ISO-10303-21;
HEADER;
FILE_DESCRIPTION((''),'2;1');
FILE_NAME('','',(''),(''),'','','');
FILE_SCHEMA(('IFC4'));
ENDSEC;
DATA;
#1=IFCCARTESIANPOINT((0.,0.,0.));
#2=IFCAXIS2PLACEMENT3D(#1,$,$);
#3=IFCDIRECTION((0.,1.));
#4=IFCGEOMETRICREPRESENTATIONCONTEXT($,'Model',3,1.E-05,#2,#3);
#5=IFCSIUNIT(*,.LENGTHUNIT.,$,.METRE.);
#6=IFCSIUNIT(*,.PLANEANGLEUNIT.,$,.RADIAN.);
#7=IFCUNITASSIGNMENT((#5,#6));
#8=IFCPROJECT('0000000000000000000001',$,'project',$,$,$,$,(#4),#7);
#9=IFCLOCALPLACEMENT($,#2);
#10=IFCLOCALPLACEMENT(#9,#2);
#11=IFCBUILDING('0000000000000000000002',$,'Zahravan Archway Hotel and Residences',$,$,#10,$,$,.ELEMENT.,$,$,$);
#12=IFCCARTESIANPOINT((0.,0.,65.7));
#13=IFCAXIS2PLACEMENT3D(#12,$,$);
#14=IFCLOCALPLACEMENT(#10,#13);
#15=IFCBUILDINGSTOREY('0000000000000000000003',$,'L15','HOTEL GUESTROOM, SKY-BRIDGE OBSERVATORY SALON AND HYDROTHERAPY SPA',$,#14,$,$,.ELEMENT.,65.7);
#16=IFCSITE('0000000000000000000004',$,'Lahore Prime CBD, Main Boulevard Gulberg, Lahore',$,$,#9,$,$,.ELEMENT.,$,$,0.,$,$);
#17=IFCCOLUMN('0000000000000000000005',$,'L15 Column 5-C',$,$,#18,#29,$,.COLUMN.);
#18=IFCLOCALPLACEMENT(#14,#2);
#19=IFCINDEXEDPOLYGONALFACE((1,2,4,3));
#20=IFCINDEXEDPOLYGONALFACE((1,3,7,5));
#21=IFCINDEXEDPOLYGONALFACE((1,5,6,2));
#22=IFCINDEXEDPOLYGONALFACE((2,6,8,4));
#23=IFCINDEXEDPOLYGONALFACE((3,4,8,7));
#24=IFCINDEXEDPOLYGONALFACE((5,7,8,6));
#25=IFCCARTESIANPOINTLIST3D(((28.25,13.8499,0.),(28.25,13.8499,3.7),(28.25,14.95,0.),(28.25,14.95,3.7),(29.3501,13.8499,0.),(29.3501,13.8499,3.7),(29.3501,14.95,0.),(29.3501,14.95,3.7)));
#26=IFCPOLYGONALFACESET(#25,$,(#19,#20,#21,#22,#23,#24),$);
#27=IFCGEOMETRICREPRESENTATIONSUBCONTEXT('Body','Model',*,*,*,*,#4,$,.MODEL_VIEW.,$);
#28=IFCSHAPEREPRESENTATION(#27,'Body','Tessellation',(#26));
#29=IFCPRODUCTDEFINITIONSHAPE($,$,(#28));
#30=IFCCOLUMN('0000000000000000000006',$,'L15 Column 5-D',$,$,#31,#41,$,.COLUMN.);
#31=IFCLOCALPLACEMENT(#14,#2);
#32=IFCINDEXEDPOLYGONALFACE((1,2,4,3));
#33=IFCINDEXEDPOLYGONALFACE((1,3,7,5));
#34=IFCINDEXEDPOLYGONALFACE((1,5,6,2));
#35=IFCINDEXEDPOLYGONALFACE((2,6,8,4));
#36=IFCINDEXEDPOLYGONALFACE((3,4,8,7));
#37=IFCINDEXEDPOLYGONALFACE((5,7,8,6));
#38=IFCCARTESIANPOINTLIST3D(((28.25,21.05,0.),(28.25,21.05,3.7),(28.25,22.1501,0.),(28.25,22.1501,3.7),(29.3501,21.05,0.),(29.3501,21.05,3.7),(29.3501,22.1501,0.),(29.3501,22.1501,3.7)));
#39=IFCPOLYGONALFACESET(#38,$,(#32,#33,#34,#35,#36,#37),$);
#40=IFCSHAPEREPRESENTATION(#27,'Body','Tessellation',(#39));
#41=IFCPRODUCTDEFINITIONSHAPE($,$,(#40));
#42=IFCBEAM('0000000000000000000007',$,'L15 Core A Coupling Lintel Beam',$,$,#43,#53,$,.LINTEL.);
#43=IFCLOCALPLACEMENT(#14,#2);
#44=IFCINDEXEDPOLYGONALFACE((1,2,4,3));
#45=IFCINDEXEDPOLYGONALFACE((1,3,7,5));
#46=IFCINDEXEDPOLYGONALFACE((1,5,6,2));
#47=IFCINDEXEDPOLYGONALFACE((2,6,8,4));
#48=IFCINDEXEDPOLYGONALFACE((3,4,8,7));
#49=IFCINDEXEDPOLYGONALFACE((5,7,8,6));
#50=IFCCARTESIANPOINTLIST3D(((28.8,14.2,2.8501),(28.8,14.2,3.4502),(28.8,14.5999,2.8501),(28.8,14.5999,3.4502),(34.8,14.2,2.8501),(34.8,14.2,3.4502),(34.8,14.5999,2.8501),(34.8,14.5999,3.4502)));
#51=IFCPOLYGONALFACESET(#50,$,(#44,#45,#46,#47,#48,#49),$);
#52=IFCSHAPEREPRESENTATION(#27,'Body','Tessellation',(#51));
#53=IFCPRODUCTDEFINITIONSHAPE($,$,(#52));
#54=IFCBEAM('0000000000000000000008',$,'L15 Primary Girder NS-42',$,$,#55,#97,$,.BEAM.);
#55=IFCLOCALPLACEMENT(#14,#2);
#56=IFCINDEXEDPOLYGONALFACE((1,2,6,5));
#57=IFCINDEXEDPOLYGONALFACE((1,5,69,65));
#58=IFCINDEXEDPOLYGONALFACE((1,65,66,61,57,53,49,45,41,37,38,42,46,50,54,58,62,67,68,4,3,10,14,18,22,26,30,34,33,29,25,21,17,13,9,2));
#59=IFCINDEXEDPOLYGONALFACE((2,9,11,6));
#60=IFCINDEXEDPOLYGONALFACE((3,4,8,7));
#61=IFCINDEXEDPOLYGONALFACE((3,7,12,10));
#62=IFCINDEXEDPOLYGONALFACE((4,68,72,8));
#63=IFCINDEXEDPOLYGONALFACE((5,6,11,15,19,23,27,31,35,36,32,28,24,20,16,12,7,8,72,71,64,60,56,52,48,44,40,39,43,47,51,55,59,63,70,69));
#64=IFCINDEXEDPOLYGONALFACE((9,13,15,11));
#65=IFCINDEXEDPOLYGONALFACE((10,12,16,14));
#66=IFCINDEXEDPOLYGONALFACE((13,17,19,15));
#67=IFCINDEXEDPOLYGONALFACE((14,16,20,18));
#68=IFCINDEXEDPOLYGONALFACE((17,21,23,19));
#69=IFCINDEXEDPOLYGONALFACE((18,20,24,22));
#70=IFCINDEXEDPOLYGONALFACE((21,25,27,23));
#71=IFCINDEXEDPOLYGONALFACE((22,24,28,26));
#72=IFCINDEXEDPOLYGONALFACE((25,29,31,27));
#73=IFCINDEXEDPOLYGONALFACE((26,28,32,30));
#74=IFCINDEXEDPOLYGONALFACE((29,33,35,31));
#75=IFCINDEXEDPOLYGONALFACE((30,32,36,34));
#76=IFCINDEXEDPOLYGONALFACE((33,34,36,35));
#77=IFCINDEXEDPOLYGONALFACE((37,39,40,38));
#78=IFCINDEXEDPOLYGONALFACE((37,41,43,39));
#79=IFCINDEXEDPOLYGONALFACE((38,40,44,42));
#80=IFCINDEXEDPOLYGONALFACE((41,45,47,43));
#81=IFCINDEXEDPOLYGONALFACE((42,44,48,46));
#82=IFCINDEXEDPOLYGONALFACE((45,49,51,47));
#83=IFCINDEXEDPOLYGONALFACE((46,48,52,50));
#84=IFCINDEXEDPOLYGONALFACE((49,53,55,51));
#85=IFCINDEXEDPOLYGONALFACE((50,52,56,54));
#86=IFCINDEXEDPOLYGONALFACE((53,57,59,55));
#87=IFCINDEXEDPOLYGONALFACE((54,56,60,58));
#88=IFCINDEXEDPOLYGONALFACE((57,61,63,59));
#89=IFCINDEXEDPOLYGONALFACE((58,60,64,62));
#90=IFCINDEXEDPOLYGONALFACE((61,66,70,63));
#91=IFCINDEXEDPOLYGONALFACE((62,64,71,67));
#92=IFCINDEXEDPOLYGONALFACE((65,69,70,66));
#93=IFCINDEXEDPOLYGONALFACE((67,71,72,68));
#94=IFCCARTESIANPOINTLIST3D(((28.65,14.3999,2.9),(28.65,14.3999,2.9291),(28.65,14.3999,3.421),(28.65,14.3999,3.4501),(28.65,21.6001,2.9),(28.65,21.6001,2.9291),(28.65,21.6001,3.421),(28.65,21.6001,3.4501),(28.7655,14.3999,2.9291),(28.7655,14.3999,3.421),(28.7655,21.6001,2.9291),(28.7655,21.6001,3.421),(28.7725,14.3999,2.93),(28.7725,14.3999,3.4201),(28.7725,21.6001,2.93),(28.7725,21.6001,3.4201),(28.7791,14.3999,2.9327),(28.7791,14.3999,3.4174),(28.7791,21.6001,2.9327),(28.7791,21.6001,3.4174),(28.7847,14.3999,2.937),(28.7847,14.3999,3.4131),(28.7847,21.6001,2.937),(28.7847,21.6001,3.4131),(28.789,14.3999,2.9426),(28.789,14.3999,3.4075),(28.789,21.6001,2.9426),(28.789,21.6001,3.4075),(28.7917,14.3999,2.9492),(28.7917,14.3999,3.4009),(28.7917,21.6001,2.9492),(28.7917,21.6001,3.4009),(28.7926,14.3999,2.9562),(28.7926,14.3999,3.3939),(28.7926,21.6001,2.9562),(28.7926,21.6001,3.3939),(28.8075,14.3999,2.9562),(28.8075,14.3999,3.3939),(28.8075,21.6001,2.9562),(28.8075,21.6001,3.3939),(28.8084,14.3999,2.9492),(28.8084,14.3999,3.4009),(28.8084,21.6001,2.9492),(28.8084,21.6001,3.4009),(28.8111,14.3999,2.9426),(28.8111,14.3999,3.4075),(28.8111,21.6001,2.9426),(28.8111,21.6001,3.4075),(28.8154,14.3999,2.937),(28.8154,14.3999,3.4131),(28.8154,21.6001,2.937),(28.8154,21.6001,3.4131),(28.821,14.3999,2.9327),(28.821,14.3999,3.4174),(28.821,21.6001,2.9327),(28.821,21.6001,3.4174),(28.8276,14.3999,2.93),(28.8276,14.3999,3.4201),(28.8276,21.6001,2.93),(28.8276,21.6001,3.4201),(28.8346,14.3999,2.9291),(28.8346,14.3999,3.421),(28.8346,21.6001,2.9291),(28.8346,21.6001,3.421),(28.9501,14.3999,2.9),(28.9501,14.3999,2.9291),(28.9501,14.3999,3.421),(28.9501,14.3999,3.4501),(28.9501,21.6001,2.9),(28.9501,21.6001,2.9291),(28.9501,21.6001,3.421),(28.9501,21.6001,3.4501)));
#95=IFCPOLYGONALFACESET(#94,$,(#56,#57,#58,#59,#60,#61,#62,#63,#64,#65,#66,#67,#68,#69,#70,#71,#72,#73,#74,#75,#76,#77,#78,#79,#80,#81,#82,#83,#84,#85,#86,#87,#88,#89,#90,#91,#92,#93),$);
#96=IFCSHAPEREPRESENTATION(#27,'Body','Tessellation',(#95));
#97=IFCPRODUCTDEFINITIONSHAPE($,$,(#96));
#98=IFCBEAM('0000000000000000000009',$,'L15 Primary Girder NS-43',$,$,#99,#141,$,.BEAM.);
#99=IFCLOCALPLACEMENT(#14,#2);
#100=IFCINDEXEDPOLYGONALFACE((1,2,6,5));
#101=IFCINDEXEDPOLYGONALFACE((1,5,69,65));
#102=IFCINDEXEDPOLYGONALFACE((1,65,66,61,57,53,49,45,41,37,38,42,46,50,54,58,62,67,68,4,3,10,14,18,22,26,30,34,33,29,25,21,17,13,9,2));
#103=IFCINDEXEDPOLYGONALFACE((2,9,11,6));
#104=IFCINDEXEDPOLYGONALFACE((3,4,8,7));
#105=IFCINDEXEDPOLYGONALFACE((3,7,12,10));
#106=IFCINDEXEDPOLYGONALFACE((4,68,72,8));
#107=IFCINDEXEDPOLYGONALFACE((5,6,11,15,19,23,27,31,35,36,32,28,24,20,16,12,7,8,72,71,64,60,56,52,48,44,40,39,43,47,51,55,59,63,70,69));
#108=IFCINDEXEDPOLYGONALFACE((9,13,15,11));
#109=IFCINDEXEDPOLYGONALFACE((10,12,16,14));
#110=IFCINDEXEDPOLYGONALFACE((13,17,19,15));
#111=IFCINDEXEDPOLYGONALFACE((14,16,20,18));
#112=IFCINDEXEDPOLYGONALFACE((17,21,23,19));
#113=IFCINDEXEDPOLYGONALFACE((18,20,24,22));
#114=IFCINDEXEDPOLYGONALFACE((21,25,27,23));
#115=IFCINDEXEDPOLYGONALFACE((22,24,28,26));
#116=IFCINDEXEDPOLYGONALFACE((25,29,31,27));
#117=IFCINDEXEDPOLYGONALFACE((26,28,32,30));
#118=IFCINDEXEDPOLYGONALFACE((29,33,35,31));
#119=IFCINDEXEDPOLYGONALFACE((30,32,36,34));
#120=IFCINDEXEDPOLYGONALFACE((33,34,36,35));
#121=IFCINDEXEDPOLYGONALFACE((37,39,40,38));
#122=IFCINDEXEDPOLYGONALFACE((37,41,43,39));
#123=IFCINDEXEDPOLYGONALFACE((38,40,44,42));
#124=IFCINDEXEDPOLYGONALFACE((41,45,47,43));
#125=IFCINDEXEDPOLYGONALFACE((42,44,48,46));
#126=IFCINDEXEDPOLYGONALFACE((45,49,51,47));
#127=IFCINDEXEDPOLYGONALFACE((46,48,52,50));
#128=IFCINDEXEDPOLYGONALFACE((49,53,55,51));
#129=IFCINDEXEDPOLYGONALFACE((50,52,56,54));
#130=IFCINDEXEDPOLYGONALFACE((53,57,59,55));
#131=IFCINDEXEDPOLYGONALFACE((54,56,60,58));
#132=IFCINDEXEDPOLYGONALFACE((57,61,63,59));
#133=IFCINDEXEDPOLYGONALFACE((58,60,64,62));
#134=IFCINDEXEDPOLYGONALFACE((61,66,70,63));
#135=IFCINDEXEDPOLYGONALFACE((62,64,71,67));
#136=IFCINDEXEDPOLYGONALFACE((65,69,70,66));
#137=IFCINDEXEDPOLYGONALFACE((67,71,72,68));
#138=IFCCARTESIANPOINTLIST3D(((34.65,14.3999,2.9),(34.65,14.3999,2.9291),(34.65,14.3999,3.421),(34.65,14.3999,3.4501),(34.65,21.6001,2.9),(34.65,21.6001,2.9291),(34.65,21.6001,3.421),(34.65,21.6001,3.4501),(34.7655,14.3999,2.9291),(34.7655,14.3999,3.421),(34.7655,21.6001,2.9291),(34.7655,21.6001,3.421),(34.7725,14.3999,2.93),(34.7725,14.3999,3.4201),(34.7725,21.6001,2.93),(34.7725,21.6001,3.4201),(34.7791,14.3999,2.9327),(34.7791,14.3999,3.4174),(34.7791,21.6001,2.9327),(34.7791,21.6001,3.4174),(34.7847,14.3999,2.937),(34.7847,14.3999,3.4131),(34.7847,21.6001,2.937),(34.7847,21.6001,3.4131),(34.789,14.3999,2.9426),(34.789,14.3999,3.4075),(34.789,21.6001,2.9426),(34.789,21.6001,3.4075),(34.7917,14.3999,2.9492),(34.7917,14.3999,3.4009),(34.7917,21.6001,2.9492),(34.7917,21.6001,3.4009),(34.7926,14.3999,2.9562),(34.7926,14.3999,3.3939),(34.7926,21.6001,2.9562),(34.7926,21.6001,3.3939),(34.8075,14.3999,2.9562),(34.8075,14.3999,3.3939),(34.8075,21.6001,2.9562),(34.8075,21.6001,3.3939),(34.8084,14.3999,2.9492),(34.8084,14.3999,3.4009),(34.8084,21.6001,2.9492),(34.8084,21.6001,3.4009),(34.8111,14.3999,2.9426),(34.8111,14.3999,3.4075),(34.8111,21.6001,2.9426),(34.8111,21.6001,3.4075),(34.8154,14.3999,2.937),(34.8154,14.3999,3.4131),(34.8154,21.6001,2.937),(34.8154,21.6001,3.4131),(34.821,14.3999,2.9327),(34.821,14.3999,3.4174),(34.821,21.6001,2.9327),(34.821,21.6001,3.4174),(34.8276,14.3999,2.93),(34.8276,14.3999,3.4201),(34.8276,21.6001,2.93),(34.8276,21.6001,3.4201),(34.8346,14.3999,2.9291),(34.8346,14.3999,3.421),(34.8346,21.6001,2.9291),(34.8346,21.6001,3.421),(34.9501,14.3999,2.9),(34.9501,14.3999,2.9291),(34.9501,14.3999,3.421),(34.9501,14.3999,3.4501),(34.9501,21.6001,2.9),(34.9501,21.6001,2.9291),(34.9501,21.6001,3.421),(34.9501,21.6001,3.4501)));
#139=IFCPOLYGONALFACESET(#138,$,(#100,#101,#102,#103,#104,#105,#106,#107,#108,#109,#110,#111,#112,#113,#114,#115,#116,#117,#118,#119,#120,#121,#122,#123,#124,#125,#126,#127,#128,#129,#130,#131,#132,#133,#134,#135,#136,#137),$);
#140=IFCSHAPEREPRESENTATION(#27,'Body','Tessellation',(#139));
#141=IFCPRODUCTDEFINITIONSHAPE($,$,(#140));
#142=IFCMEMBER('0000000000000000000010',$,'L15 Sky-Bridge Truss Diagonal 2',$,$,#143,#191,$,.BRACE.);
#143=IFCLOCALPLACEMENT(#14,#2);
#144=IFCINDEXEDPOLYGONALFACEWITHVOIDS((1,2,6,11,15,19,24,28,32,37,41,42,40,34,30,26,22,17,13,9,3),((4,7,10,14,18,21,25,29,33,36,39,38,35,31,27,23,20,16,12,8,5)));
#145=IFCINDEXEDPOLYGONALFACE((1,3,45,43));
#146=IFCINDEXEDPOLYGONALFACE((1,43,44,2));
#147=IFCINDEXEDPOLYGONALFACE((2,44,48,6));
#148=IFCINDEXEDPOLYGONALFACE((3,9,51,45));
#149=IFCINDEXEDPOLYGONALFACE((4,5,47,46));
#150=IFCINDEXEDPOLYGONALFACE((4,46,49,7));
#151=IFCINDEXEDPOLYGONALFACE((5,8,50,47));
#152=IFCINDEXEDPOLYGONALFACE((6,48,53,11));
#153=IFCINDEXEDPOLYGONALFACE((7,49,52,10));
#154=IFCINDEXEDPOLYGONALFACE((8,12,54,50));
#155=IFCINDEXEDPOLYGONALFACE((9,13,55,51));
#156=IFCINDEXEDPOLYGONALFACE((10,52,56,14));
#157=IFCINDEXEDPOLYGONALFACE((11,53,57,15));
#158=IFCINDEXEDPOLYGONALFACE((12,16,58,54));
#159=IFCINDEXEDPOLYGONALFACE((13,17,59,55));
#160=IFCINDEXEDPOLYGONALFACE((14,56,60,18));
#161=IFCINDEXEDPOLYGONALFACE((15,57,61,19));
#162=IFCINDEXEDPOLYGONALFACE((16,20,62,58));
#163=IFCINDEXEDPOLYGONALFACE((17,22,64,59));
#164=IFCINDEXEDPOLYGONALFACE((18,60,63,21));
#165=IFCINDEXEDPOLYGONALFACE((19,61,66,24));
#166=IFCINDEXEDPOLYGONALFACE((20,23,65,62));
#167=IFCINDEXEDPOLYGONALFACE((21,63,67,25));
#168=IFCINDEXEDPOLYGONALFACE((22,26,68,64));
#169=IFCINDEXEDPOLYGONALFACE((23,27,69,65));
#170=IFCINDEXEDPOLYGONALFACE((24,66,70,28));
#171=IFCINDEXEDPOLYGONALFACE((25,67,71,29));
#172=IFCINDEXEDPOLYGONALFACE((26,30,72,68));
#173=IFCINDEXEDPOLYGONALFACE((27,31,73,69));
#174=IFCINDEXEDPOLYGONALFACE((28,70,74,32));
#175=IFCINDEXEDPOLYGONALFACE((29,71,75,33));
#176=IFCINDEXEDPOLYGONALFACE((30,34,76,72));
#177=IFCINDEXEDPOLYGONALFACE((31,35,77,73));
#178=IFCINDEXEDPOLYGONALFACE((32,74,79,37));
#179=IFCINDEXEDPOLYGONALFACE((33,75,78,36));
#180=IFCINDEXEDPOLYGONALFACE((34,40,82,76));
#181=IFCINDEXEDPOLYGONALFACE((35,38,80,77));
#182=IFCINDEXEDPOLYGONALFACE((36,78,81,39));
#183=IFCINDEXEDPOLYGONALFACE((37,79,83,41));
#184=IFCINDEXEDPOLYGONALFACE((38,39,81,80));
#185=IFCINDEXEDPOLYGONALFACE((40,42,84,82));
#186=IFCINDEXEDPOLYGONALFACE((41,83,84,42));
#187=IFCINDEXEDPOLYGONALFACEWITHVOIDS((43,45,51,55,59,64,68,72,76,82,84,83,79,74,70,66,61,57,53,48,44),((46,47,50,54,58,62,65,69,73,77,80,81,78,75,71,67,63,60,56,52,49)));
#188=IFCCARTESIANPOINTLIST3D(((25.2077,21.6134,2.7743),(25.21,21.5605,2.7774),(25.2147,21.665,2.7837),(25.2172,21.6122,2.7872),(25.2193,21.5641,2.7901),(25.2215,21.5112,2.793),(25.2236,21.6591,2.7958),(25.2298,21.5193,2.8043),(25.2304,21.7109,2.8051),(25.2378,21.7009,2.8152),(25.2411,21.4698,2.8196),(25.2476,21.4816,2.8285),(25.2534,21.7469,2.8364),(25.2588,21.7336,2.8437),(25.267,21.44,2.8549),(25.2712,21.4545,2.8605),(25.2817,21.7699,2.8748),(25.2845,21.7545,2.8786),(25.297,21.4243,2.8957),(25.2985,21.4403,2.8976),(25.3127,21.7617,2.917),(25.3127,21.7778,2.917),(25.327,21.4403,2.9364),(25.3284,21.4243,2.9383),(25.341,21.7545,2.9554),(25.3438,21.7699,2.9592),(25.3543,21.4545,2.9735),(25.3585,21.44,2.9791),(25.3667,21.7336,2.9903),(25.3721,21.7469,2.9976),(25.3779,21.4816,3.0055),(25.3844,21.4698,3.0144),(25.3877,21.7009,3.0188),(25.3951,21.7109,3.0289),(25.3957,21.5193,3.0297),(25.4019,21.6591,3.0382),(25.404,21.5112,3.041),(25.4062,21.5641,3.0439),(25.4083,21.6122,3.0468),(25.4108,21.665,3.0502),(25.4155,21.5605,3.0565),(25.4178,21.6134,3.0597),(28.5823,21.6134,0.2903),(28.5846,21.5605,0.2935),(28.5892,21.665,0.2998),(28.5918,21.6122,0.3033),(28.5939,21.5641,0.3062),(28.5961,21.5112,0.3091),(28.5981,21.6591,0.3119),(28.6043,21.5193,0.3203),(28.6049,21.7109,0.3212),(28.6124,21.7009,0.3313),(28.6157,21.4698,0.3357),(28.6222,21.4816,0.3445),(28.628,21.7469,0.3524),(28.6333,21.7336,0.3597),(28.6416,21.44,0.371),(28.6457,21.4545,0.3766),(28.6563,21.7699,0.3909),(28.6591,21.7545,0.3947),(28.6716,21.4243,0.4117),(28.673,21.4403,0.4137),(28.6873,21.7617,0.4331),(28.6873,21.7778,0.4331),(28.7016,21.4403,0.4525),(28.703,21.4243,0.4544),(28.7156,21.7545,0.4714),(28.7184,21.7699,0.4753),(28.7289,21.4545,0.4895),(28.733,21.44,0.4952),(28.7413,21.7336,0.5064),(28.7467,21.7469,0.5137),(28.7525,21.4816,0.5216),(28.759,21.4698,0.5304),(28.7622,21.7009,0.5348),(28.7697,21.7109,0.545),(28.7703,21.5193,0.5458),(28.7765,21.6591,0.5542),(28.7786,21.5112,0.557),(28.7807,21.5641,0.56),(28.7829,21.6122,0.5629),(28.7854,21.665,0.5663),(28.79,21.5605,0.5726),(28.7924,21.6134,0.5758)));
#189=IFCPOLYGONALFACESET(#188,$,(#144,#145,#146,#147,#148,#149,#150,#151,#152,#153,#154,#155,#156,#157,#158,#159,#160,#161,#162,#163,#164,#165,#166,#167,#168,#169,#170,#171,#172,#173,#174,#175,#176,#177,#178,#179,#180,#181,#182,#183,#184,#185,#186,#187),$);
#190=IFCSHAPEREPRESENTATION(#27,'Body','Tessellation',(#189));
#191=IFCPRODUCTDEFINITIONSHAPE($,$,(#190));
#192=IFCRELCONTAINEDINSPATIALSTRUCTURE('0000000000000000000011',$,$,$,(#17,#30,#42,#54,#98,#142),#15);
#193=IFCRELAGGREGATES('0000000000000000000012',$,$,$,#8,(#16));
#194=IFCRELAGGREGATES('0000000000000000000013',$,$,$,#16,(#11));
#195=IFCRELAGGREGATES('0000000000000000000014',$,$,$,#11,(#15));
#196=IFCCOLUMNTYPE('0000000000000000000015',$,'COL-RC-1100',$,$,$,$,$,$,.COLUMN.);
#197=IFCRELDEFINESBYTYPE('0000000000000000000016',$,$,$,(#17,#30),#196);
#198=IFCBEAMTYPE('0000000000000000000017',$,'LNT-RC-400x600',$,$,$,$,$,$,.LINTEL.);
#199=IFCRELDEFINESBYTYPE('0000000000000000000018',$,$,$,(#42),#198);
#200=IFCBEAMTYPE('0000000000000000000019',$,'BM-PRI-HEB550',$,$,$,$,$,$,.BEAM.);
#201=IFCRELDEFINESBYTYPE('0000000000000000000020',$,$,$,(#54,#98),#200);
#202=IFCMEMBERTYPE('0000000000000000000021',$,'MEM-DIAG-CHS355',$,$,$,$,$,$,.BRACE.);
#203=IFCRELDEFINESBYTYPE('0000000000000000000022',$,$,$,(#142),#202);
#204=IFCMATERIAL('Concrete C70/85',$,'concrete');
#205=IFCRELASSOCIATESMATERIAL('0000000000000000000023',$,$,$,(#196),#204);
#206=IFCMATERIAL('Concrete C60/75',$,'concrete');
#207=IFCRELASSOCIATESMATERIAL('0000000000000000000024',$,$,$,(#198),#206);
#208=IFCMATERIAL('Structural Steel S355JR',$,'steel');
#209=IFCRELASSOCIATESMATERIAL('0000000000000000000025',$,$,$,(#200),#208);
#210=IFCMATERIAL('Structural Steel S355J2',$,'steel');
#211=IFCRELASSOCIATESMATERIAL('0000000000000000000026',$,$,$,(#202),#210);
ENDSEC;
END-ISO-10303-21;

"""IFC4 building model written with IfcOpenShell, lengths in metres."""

from ifc_helpers import new_model, si_unit, direction, frame, origin, origin_2d, place, context, subcontext, project, spatial, rectangle, hollow_circle, i_section, extrude, source, transform, mapped, material, material_profile, profile_set, type_object, type_shapes, element, save


model = new_model("IFC4")

# Units and contexts
model_context = context("Model", 3, precision=1e-05, world=origin(), true_north=direction((0.0, 1.0)))
body_context = subcontext(model_context, "Body", "Model", "MODEL_VIEW")
ifc_project = project(units=[si_unit("LENGTHUNIT", "METRE"), si_unit("PLANEANGLEUNIT", "RADIAN")], contexts=[model_context])

# Site, building, storey
site_placement = place(None, origin())
site = spatial("IfcSite", under=ifc_project, at=site_placement, Name="Lahore Prime CBD, Main Boulevard Gulberg, Lahore", CompositionType="ELEMENT", RefElevation=0.0)
building_placement = place(site_placement, origin())
building = spatial("IfcBuilding", under=site, at=building_placement, Name="Zahravan Archway Hotel and Residences", CompositionType="ELEMENT")
storey_placement = place(building_placement, frame((0.0, 0.0, 65.7)))
storey = spatial("IfcBuildingStorey", under=building, at=storey_placement, Name="L15", Description="HOTEL GUESTROOM, SKY-BRIDGE OBSERVATORY SALON AND HYDROTHERAPY SPA", CompositionType="ELEMENT", Elevation=65.7)

# Columns
ifc_material_1 = material(Name="Concrete C70/85", Category="concrete")
ifc_material_profile_1 = material_profile(ifc_material_1, rectangle(XDim=1.1001, YDim=1.1001, at=origin_2d()), Name="RC 1100x1100", Category="concrete")
ifc_profile_set_1 = profile_set([ifc_material_profile_1], Name="Concrete C70/85")
column_type = type_object("IfcColumnType", Name="COL-RC-1100", PredefinedType="COLUMN", material=ifc_profile_set_1)
shared_shape_1 = source(origin(), body_context, "Body", "SweptSolid", [
    extrude(rectangle(XDim=1.1001, YDim=1.1001, at=origin_2d()), origin(), (0.0, 0.0, 1.0), 3.7),
])
for number, where, z_axis, x_axis, name in (
    (1, (28.8, 14.3999, 0.0), (0.0, 0.0, 1.0), (1.0, 0.0, 0.0), "L15 Column 5-C"),
    (2, (28.8, 21.6001, 0.0), (0.0, 0.0, 1.0), (1.0, 0.0, 0.0), "L15 Column 5-D"),
):
    element("IfcColumn", number, at=place(storey_placement, frame(where, z_axis=z_axis, x_axis=x_axis)), inside=storey, type_object=column_type, Name=name, PredefinedType="COLUMN", context=body_context, shape_type="MappedRepresentation", body=[
        mapped(shared_shape_1, transform((0.0, 0.0, 0.0), scale=1.0)),
    ])

# Beams
ifc_material_2 = material(Name="Concrete C60/75", Category="concrete")
ifc_material_profile_2 = material_profile(ifc_material_2, rectangle(XDim=0.3999, YDim=0.6001, at=origin_2d()), Name="RC-LNT-400x600", Category="concrete")
ifc_profile_set_2 = profile_set([ifc_material_profile_2], Name="Concrete C60/75")
beam_type_1 = type_object("IfcBeamType", Name="LNT-RC-400x600", PredefinedType="LINTEL", material=ifc_profile_set_2)
shared_shape_2 = source(origin(), body_context, "Body", "SweptSolid", [
    extrude(rectangle(XDim=0.3999, YDim=0.6001, at=origin_2d()), origin(), (0.0, 0.0, 1.0), 6.0),
])
type_shapes(beam_type_1, [shared_shape_2])
beam_placement = place(storey_placement, frame((28.8, 14.3999, 3.1501), z_axis=(1.0, 0.0, 0.0), x_axis=(0.0, 1.0, 0.0)))
element("IfcBeam", 3, at=beam_placement, inside=storey, type_object=beam_type_1, Name="L15 Core A Coupling Lintel Beam", PredefinedType="LINTEL", context=body_context, shape_type="MappedRepresentation", body=[
    mapped(shared_shape_2, transform((0.0, 0.0, 0.0), scale=1.0)),
])
ifc_material_3 = material(Name="Structural Steel S355JR", Category="steel")
ifc_material_profile_3 = material_profile(ifc_material_3, i_section(OverallWidth=0.3, OverallDepth=0.55, WebThickness=0.0149, FlangeThickness=0.0291, FilletRadius=0.0271, at=origin_2d()), Name="HEB 550", Category="steel")
ifc_profile_set_3 = profile_set([ifc_material_profile_3], Name="Structural Steel S355JR")
beam_type_2 = type_object("IfcBeamType", Name="BM-PRI-HEB550", PredefinedType="BEAM", material=ifc_profile_set_3)
shared_shape_3 = source(origin(), body_context, "Body", "SweptSolid", [
    extrude(i_section(OverallWidth=0.3, OverallDepth=0.55, WebThickness=0.0149, FlangeThickness=0.0291, FilletRadius=0.0271, at=origin_2d()), origin(), (0.0, 0.0, 1.0), 7.2002),
])
type_shapes(beam_type_2, [shared_shape_3])
for number, where, z_axis, x_axis, name in (
    (4, (28.8, 14.3999, 3.175), (0.0, 1.0, 0.0), (-1.0, 0.0, 0.0), "L15 Primary Girder NS-42"),
    (5, (34.8, 14.3999, 3.175), (0.0, 1.0, 0.0), (-1.0, 0.0, 0.0), "L15 Primary Girder NS-43"),
):
    element("IfcBeam", number, at=place(storey_placement, frame(where, z_axis=z_axis, x_axis=x_axis)), inside=storey, type_object=beam_type_2, Name=name, PredefinedType="BEAM", context=body_context, shape_type="MappedRepresentation", body=[
        mapped(shared_shape_3, transform((0.0, 0.0, 0.0), scale=1.0)),
    ])

# Member
ifc_material_4 = material(Name="Structural Steel S355J2", Category="steel")
ifc_material_profile_4 = material_profile(ifc_material_4, hollow_circle(Radius=0.1777, WallThickness=0.0161, at=origin_2d()), Name="CHS 355.6x16", Category="steel")
ifc_profile_set_4 = profile_set([ifc_material_profile_4], Name="Structural Steel S355J2")
member_type = type_object("IfcMemberType", Name="MEM-DIAG-CHS355", PredefinedType="BRACE", material=ifc_profile_set_4)
shared_shape_4 = source(origin(), body_context, "Body", "SweptSolid", [
    extrude(hollow_circle(Radius=0.1777, WallThickness=0.0161, at=origin_2d()), origin(), (0.0, 0.0, 1.0), 4.1902),
])
member_placement = place(storey_placement, frame((25.3127, 21.6001, 2.917), z_axis=(0.805352, 0.0, -0.592797), x_axis=(0.0, 1.0, 0.0)))
element("IfcMember", 6, at=member_placement, inside=storey, type_object=member_type, Name="L15 Sky-Bridge Truss Diagonal 2", PredefinedType="BRACE", context=body_context, shape_type="MappedRepresentation", body=[
    mapped(shared_shape_4, transform((0.0, 0.0, 0.0), scale=1.0)),
])

save(model, "model.ifc")
